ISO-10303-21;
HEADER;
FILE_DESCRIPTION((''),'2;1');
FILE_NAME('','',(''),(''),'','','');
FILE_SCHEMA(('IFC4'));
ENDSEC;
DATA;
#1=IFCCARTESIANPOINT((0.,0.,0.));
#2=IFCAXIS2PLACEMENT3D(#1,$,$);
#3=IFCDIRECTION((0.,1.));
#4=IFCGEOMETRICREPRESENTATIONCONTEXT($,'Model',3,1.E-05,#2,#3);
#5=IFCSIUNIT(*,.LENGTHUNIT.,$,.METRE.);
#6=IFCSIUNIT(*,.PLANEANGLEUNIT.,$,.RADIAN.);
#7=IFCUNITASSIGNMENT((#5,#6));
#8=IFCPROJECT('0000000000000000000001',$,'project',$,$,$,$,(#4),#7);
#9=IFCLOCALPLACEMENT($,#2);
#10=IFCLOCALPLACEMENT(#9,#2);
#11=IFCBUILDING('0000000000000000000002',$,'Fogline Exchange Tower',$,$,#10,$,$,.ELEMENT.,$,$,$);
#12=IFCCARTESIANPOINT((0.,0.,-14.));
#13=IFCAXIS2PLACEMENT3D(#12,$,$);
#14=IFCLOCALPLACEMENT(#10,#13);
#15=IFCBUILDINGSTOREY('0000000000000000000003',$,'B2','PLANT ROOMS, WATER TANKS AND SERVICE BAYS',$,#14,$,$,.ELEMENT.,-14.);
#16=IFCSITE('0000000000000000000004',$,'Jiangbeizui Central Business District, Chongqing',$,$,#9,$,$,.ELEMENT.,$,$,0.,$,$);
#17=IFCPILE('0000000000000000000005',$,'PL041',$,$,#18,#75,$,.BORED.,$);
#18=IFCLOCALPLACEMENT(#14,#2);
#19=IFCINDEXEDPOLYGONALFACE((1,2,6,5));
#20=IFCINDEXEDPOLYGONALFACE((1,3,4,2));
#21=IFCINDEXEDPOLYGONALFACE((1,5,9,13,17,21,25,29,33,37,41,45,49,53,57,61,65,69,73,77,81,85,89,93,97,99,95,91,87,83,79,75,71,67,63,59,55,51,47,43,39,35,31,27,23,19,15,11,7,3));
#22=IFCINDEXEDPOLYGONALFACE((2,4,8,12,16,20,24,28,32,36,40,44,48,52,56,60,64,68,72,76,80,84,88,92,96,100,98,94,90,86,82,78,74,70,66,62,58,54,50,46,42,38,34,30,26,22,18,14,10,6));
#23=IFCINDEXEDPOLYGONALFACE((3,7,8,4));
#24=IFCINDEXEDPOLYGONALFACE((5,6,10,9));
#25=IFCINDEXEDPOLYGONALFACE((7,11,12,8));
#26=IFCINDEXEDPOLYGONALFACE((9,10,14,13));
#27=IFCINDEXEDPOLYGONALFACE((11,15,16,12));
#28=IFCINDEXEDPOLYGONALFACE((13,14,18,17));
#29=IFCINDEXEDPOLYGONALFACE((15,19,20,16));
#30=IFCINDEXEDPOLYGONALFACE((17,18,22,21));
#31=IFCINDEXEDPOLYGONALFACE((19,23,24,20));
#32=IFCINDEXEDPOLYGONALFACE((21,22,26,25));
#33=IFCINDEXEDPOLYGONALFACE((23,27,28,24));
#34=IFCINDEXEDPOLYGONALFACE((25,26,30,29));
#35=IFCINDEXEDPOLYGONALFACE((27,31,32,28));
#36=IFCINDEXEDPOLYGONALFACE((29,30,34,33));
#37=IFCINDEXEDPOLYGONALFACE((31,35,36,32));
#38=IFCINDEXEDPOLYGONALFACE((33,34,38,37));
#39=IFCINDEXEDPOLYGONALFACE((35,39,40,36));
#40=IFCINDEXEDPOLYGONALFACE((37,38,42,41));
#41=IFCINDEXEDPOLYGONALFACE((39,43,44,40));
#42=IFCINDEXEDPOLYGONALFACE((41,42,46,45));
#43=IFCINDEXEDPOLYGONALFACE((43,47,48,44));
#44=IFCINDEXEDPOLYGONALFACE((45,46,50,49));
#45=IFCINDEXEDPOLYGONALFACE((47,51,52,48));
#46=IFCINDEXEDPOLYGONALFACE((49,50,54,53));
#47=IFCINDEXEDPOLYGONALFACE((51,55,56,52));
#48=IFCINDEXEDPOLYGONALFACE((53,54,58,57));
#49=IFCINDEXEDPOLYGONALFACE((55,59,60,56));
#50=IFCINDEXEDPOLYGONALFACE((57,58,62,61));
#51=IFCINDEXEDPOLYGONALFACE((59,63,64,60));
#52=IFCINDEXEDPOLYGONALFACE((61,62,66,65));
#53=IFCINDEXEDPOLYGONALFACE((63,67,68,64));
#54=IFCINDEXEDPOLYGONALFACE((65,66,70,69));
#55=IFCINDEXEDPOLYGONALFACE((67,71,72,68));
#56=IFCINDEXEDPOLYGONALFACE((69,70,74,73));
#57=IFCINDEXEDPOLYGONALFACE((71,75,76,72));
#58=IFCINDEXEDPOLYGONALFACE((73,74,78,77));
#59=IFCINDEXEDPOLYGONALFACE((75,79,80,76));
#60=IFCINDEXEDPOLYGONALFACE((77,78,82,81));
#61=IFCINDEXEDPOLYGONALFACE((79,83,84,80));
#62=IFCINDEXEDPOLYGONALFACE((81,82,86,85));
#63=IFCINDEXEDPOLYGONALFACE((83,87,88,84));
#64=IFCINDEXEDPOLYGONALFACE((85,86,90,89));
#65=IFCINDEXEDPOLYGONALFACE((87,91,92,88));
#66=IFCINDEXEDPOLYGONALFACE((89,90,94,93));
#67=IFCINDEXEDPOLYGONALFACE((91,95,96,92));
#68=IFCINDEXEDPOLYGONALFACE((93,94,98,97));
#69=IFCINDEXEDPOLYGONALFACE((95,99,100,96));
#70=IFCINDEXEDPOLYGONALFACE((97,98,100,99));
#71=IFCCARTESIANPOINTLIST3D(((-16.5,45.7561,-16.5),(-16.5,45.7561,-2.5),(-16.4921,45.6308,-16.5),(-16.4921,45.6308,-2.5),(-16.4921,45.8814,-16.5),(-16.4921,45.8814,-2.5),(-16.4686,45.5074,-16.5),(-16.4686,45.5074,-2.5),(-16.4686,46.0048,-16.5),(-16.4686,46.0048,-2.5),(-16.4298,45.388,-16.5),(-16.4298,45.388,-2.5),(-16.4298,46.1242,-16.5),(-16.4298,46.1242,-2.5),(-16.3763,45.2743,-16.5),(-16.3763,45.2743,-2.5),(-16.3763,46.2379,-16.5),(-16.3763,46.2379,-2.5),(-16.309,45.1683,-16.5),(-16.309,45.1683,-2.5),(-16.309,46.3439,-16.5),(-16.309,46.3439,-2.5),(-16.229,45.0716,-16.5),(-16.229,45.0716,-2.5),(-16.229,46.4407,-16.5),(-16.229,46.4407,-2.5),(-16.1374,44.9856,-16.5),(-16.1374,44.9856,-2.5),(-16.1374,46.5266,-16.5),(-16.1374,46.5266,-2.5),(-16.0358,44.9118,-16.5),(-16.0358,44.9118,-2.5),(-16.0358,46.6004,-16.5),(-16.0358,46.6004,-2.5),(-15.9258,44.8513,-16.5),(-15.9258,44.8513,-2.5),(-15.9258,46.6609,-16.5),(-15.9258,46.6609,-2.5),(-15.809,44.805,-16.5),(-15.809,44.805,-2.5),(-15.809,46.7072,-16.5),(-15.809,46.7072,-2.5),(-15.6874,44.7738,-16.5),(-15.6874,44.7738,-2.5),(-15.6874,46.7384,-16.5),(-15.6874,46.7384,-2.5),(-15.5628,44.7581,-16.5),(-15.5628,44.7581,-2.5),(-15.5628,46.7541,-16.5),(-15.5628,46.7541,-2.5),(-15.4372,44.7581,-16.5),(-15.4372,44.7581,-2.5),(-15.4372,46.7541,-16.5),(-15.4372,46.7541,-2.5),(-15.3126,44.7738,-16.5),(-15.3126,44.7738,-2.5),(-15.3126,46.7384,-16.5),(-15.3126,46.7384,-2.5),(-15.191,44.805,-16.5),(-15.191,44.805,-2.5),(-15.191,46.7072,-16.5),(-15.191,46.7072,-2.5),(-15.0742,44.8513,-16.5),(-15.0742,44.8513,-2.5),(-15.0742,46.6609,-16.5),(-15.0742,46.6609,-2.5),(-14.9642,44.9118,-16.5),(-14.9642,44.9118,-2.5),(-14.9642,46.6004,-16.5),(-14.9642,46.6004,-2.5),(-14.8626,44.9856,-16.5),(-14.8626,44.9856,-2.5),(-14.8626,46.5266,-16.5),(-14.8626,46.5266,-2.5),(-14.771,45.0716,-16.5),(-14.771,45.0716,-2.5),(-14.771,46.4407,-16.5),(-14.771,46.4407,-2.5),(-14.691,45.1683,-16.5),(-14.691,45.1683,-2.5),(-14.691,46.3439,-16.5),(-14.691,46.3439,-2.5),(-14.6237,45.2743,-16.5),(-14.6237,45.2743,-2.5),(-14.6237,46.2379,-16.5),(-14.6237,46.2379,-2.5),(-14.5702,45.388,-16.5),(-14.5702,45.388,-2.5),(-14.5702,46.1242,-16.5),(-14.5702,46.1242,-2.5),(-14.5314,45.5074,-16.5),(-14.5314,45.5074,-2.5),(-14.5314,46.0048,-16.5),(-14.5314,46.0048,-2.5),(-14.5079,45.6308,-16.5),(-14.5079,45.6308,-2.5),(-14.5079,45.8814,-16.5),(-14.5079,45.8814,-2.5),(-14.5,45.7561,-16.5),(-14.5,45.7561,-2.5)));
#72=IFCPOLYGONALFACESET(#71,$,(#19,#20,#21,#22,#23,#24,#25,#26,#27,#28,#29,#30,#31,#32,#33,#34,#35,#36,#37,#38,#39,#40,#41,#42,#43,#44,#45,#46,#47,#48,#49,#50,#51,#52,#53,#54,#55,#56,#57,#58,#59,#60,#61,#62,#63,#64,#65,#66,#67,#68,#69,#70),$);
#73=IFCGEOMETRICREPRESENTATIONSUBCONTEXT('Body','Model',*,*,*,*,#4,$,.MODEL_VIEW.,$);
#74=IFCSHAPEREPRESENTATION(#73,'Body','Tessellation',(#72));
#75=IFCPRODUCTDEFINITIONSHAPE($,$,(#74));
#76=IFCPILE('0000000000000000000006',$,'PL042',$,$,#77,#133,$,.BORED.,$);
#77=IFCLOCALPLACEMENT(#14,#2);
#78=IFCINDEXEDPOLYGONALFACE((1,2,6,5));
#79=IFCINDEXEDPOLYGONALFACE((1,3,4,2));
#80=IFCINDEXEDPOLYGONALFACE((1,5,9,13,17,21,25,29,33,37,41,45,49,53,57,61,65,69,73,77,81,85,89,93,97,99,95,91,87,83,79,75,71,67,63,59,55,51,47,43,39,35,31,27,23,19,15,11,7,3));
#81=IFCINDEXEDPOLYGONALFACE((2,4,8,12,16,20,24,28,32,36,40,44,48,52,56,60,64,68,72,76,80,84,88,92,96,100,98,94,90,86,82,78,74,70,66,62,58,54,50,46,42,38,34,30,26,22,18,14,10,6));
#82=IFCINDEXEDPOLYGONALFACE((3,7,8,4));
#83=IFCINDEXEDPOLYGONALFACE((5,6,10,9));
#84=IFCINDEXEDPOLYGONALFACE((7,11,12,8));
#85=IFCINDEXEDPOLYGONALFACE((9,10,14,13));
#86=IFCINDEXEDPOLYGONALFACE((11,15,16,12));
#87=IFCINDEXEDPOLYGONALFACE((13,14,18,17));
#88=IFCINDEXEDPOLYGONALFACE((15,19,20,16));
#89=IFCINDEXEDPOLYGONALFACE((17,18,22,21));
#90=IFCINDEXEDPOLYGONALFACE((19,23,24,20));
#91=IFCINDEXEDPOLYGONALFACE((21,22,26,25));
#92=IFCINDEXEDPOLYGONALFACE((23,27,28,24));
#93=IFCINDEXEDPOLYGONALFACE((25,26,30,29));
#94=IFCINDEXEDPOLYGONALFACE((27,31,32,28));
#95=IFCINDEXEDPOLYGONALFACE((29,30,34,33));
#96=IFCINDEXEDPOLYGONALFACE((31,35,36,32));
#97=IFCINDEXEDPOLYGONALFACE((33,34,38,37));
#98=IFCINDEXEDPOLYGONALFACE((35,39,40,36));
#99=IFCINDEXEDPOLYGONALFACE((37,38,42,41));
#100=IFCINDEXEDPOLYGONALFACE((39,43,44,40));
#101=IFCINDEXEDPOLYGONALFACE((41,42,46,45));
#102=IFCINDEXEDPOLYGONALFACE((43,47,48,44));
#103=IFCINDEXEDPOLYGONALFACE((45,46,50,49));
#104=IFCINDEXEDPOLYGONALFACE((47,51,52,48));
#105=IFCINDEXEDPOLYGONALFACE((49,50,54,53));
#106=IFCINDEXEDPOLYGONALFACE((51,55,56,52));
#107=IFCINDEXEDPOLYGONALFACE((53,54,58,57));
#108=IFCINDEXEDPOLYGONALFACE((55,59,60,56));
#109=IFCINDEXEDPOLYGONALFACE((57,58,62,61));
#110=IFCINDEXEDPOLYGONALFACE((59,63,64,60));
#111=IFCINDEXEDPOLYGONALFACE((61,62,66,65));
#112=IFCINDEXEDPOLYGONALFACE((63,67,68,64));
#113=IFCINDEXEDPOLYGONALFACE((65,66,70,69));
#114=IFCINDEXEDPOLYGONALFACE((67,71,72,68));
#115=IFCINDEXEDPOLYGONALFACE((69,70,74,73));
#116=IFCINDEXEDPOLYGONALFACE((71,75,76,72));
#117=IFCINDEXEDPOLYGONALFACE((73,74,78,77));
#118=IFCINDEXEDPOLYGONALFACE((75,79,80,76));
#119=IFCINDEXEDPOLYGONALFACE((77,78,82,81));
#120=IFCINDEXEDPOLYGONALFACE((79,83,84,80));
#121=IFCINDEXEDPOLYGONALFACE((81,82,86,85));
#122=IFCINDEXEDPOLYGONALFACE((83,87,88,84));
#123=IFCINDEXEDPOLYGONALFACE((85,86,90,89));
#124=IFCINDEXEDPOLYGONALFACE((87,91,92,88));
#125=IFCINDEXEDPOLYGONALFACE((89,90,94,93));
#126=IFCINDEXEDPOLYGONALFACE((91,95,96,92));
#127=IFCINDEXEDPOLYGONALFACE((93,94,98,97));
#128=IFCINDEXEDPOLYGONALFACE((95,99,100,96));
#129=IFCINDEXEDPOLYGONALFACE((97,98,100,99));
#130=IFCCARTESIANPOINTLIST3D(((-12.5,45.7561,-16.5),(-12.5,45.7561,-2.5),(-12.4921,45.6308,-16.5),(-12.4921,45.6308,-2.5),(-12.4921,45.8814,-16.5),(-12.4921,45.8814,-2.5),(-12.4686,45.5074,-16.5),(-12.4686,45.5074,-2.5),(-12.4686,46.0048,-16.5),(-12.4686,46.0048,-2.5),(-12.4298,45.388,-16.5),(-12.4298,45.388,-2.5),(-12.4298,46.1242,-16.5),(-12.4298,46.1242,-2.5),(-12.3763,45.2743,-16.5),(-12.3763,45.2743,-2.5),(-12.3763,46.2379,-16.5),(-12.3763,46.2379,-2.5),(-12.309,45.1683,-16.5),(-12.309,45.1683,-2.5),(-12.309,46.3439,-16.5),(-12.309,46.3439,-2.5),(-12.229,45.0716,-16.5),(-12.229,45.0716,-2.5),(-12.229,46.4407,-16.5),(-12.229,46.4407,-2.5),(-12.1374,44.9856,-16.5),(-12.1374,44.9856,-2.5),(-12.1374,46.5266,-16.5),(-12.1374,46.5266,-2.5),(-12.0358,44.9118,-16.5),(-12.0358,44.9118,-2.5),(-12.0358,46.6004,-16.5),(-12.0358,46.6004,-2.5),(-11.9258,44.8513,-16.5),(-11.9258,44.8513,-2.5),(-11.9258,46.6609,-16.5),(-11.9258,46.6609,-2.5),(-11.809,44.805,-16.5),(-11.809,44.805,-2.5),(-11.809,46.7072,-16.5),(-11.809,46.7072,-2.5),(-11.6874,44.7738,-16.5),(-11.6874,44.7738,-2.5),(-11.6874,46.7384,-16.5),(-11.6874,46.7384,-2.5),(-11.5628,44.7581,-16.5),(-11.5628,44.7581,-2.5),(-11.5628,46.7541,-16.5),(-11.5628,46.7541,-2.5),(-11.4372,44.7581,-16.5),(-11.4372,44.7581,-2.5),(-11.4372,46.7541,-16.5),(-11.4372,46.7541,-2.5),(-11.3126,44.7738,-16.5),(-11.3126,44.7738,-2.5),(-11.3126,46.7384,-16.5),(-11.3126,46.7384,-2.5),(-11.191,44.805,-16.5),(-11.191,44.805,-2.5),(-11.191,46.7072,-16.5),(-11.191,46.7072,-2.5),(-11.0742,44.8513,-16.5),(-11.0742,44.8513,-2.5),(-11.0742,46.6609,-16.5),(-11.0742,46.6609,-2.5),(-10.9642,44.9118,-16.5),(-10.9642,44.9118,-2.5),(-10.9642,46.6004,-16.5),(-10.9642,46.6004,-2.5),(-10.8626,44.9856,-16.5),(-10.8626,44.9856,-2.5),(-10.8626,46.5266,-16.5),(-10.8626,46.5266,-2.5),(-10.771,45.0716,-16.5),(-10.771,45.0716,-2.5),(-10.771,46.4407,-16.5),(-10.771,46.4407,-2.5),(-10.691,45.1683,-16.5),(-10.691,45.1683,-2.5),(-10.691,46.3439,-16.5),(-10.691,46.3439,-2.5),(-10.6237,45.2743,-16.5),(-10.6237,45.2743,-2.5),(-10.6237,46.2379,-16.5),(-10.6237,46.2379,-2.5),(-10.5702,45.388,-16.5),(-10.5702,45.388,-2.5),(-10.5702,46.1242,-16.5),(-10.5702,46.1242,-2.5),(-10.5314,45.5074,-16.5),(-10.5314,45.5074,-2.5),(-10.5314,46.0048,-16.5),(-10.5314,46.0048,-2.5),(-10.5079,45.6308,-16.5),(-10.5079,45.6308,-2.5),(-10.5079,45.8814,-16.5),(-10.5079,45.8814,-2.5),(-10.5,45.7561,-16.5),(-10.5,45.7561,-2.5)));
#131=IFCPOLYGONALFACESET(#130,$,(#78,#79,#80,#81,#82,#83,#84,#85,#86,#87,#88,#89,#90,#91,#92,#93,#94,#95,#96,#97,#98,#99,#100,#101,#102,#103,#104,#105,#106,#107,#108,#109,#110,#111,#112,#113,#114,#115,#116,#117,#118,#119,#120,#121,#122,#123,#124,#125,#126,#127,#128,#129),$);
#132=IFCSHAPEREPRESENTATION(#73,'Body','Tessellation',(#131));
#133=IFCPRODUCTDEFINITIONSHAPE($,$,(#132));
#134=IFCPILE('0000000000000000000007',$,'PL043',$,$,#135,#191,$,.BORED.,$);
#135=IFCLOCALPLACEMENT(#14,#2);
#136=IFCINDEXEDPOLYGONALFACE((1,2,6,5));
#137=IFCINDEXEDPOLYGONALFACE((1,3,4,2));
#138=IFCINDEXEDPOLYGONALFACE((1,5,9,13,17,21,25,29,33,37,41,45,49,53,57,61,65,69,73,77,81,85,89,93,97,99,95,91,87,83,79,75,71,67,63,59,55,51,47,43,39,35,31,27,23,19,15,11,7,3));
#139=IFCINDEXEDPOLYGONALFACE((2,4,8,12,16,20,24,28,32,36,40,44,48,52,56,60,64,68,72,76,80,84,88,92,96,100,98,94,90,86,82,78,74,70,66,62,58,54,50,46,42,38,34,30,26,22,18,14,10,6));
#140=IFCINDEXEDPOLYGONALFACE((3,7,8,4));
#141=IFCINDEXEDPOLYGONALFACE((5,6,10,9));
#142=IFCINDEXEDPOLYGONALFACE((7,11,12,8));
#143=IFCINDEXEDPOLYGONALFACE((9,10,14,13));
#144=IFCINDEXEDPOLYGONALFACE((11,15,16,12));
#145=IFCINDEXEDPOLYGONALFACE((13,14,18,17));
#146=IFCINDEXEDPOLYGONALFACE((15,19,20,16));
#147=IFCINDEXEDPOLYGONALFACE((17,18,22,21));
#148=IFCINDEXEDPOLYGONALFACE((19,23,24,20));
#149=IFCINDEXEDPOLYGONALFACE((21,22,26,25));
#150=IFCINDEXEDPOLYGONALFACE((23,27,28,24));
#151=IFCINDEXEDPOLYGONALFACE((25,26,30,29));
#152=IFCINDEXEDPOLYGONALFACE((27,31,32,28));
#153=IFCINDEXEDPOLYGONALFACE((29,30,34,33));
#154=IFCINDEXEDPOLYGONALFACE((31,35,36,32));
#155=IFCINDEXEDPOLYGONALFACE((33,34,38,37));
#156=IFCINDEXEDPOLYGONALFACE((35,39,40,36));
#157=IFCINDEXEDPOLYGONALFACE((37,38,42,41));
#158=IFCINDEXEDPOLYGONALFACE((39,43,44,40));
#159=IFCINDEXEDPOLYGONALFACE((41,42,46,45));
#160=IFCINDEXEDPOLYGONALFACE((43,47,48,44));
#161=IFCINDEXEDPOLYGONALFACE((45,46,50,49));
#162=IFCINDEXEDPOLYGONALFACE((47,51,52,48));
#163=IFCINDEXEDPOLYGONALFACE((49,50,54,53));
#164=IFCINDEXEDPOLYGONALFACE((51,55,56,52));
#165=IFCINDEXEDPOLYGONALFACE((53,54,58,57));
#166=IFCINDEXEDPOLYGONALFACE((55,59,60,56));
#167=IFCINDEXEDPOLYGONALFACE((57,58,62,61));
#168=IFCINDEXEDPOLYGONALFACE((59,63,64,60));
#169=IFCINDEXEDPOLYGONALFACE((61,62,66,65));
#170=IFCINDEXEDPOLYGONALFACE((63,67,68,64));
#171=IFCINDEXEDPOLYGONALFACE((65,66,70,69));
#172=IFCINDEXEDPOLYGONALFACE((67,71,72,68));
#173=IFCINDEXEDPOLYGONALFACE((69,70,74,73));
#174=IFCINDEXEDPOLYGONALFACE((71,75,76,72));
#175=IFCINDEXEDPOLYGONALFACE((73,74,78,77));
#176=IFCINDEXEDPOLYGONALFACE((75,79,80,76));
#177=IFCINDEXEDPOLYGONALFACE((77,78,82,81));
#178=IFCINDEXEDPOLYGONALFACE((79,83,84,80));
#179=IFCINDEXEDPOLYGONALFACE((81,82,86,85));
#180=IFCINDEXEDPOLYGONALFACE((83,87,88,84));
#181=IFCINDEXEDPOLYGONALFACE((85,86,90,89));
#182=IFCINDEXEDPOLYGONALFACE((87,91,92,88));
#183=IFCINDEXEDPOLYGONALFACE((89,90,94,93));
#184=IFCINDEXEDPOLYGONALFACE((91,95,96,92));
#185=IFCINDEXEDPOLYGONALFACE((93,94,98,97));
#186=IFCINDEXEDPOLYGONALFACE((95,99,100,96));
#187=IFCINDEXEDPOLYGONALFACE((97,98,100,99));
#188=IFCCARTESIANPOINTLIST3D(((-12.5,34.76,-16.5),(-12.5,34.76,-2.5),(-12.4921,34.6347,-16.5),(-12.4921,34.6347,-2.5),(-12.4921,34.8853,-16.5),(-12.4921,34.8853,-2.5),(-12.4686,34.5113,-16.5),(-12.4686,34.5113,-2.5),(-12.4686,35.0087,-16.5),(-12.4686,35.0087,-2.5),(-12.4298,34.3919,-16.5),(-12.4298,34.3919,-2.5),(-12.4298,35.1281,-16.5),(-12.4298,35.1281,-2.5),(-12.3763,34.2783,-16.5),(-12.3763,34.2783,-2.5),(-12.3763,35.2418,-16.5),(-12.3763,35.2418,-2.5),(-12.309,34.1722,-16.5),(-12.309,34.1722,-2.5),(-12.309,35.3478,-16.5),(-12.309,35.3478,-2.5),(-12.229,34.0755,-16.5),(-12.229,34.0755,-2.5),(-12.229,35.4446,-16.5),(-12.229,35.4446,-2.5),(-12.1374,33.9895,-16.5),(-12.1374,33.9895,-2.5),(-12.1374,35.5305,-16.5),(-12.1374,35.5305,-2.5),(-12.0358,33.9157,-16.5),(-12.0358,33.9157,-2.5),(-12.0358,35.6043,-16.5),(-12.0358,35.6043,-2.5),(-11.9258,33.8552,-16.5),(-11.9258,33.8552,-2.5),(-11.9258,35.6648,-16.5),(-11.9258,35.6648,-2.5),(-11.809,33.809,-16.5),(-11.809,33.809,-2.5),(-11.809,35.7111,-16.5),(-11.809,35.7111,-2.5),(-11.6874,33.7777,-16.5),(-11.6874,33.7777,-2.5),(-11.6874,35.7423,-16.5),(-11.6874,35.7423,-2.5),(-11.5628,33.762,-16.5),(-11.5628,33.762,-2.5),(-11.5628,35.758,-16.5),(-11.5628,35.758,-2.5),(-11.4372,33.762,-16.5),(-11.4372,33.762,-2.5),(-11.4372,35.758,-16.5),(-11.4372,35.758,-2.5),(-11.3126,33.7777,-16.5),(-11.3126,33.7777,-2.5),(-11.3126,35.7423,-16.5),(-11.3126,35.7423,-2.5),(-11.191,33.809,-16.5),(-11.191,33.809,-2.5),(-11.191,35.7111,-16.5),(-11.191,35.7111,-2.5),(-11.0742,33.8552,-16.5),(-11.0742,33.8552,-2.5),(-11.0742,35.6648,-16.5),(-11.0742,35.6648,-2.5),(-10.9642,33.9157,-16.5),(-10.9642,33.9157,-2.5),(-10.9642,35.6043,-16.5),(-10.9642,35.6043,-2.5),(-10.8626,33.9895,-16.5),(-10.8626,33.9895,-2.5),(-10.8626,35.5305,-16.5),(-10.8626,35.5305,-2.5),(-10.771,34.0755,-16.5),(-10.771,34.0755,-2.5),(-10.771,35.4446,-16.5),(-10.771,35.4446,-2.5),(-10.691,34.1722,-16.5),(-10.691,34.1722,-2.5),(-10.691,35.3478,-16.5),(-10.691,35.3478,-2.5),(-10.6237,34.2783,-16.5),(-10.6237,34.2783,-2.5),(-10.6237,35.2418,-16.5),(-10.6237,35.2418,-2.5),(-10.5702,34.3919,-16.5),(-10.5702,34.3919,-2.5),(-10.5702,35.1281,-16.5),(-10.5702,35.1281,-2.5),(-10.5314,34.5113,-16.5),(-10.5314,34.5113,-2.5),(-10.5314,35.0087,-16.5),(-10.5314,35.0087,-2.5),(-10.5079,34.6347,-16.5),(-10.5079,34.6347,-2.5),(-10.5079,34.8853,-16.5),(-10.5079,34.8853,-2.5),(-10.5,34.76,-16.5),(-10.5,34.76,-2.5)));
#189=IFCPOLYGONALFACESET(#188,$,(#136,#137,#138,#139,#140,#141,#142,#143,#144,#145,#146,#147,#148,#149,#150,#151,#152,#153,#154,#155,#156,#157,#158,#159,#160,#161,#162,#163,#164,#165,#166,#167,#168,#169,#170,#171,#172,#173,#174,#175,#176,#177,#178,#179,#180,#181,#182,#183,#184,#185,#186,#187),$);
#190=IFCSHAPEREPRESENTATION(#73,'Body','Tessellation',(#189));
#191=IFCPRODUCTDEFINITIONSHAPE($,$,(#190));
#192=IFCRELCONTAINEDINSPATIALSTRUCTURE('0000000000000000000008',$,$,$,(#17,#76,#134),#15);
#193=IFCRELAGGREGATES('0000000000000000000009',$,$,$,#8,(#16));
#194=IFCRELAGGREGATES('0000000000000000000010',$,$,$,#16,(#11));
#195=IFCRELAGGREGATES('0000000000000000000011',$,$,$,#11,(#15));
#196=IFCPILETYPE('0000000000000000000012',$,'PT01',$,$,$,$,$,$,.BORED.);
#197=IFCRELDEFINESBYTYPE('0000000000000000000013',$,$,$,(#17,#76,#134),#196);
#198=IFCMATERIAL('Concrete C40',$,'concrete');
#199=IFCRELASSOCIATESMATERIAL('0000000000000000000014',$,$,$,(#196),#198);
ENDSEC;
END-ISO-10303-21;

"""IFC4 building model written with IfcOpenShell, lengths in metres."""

from ifc_helpers import new_model, si_unit, direction, frame, origin, origin_2d, place, context, subcontext, project, spatial, circle, extrude, material, material_profile, profile_set, type_object, element, save


model = new_model("IFC4")

# Units and contexts
model_context = context("Model", 3, precision=1e-05, world=origin(), true_north=direction((0.0, 1.0)))
body_context = subcontext(model_context, "Body", "Model", "MODEL_VIEW")
ifc_project = project(units=[si_unit("LENGTHUNIT", "METRE"), si_unit("PLANEANGLEUNIT", "RADIAN")], contexts=[model_context])

# Site, building, storey
site_placement = place(None, origin())
site = spatial("IfcSite", under=ifc_project, at=site_placement, Name="Jiangbeizui Central Business District, Chongqing", CompositionType="ELEMENT", RefElevation=0.0)
building_placement = place(site_placement, origin())
building = spatial("IfcBuilding", under=site, at=building_placement, Name="Fogline Exchange Tower", CompositionType="ELEMENT")
storey_placement = place(building_placement, frame((0.0, 0.0, -14.0)))
storey = spatial("IfcBuildingStorey", under=building, at=storey_placement, Name="B2", Description="PLANT ROOMS, WATER TANKS AND SERVICE BAYS", CompositionType="ELEMENT", Elevation=-14.0)

# Piles
ifc_material_1 = material(Name="Concrete C40", Category="concrete")
ifc_material_profile_1 = material_profile(ifc_material_1, circle(Radius=1.0, at=origin_2d()), Name="RC D2000")
ifc_profile_set_1 = profile_set([ifc_material_profile_1], Name="Concrete C40")
pile_type = type_object("IfcPileType", Name="PT01", PredefinedType="BORED", material=ifc_profile_set_1)
for number, where, z_axis, x_axis, name in (
    (1, (-15.5, 45.7561, -2.5), (0.0, 0.0, -1.0), (1.0, 0.0, 0.0), "PL041"),
    (2, (-11.5, 45.7561, -2.5), (0.0, 0.0, -1.0), (1.0, 0.0, 0.0), "PL042"),
    (3, (-11.5, 34.76, -2.5), (0.0, 0.0, -1.0), (1.0, 0.0, 0.0), "PL043"),
):
    element("IfcPile", number, at=place(storey_placement, frame(where, z_axis=z_axis, x_axis=x_axis)), inside=storey, type_object=pile_type, Name=name, PredefinedType="BORED", context=body_context, shape_type="SweptSolid", body=[
        extrude(circle(Radius=1.0, at=origin_2d()), origin(), (0.0, 0.0, 1.0), 14.0),
    ])

save(model, "model.ifc")
